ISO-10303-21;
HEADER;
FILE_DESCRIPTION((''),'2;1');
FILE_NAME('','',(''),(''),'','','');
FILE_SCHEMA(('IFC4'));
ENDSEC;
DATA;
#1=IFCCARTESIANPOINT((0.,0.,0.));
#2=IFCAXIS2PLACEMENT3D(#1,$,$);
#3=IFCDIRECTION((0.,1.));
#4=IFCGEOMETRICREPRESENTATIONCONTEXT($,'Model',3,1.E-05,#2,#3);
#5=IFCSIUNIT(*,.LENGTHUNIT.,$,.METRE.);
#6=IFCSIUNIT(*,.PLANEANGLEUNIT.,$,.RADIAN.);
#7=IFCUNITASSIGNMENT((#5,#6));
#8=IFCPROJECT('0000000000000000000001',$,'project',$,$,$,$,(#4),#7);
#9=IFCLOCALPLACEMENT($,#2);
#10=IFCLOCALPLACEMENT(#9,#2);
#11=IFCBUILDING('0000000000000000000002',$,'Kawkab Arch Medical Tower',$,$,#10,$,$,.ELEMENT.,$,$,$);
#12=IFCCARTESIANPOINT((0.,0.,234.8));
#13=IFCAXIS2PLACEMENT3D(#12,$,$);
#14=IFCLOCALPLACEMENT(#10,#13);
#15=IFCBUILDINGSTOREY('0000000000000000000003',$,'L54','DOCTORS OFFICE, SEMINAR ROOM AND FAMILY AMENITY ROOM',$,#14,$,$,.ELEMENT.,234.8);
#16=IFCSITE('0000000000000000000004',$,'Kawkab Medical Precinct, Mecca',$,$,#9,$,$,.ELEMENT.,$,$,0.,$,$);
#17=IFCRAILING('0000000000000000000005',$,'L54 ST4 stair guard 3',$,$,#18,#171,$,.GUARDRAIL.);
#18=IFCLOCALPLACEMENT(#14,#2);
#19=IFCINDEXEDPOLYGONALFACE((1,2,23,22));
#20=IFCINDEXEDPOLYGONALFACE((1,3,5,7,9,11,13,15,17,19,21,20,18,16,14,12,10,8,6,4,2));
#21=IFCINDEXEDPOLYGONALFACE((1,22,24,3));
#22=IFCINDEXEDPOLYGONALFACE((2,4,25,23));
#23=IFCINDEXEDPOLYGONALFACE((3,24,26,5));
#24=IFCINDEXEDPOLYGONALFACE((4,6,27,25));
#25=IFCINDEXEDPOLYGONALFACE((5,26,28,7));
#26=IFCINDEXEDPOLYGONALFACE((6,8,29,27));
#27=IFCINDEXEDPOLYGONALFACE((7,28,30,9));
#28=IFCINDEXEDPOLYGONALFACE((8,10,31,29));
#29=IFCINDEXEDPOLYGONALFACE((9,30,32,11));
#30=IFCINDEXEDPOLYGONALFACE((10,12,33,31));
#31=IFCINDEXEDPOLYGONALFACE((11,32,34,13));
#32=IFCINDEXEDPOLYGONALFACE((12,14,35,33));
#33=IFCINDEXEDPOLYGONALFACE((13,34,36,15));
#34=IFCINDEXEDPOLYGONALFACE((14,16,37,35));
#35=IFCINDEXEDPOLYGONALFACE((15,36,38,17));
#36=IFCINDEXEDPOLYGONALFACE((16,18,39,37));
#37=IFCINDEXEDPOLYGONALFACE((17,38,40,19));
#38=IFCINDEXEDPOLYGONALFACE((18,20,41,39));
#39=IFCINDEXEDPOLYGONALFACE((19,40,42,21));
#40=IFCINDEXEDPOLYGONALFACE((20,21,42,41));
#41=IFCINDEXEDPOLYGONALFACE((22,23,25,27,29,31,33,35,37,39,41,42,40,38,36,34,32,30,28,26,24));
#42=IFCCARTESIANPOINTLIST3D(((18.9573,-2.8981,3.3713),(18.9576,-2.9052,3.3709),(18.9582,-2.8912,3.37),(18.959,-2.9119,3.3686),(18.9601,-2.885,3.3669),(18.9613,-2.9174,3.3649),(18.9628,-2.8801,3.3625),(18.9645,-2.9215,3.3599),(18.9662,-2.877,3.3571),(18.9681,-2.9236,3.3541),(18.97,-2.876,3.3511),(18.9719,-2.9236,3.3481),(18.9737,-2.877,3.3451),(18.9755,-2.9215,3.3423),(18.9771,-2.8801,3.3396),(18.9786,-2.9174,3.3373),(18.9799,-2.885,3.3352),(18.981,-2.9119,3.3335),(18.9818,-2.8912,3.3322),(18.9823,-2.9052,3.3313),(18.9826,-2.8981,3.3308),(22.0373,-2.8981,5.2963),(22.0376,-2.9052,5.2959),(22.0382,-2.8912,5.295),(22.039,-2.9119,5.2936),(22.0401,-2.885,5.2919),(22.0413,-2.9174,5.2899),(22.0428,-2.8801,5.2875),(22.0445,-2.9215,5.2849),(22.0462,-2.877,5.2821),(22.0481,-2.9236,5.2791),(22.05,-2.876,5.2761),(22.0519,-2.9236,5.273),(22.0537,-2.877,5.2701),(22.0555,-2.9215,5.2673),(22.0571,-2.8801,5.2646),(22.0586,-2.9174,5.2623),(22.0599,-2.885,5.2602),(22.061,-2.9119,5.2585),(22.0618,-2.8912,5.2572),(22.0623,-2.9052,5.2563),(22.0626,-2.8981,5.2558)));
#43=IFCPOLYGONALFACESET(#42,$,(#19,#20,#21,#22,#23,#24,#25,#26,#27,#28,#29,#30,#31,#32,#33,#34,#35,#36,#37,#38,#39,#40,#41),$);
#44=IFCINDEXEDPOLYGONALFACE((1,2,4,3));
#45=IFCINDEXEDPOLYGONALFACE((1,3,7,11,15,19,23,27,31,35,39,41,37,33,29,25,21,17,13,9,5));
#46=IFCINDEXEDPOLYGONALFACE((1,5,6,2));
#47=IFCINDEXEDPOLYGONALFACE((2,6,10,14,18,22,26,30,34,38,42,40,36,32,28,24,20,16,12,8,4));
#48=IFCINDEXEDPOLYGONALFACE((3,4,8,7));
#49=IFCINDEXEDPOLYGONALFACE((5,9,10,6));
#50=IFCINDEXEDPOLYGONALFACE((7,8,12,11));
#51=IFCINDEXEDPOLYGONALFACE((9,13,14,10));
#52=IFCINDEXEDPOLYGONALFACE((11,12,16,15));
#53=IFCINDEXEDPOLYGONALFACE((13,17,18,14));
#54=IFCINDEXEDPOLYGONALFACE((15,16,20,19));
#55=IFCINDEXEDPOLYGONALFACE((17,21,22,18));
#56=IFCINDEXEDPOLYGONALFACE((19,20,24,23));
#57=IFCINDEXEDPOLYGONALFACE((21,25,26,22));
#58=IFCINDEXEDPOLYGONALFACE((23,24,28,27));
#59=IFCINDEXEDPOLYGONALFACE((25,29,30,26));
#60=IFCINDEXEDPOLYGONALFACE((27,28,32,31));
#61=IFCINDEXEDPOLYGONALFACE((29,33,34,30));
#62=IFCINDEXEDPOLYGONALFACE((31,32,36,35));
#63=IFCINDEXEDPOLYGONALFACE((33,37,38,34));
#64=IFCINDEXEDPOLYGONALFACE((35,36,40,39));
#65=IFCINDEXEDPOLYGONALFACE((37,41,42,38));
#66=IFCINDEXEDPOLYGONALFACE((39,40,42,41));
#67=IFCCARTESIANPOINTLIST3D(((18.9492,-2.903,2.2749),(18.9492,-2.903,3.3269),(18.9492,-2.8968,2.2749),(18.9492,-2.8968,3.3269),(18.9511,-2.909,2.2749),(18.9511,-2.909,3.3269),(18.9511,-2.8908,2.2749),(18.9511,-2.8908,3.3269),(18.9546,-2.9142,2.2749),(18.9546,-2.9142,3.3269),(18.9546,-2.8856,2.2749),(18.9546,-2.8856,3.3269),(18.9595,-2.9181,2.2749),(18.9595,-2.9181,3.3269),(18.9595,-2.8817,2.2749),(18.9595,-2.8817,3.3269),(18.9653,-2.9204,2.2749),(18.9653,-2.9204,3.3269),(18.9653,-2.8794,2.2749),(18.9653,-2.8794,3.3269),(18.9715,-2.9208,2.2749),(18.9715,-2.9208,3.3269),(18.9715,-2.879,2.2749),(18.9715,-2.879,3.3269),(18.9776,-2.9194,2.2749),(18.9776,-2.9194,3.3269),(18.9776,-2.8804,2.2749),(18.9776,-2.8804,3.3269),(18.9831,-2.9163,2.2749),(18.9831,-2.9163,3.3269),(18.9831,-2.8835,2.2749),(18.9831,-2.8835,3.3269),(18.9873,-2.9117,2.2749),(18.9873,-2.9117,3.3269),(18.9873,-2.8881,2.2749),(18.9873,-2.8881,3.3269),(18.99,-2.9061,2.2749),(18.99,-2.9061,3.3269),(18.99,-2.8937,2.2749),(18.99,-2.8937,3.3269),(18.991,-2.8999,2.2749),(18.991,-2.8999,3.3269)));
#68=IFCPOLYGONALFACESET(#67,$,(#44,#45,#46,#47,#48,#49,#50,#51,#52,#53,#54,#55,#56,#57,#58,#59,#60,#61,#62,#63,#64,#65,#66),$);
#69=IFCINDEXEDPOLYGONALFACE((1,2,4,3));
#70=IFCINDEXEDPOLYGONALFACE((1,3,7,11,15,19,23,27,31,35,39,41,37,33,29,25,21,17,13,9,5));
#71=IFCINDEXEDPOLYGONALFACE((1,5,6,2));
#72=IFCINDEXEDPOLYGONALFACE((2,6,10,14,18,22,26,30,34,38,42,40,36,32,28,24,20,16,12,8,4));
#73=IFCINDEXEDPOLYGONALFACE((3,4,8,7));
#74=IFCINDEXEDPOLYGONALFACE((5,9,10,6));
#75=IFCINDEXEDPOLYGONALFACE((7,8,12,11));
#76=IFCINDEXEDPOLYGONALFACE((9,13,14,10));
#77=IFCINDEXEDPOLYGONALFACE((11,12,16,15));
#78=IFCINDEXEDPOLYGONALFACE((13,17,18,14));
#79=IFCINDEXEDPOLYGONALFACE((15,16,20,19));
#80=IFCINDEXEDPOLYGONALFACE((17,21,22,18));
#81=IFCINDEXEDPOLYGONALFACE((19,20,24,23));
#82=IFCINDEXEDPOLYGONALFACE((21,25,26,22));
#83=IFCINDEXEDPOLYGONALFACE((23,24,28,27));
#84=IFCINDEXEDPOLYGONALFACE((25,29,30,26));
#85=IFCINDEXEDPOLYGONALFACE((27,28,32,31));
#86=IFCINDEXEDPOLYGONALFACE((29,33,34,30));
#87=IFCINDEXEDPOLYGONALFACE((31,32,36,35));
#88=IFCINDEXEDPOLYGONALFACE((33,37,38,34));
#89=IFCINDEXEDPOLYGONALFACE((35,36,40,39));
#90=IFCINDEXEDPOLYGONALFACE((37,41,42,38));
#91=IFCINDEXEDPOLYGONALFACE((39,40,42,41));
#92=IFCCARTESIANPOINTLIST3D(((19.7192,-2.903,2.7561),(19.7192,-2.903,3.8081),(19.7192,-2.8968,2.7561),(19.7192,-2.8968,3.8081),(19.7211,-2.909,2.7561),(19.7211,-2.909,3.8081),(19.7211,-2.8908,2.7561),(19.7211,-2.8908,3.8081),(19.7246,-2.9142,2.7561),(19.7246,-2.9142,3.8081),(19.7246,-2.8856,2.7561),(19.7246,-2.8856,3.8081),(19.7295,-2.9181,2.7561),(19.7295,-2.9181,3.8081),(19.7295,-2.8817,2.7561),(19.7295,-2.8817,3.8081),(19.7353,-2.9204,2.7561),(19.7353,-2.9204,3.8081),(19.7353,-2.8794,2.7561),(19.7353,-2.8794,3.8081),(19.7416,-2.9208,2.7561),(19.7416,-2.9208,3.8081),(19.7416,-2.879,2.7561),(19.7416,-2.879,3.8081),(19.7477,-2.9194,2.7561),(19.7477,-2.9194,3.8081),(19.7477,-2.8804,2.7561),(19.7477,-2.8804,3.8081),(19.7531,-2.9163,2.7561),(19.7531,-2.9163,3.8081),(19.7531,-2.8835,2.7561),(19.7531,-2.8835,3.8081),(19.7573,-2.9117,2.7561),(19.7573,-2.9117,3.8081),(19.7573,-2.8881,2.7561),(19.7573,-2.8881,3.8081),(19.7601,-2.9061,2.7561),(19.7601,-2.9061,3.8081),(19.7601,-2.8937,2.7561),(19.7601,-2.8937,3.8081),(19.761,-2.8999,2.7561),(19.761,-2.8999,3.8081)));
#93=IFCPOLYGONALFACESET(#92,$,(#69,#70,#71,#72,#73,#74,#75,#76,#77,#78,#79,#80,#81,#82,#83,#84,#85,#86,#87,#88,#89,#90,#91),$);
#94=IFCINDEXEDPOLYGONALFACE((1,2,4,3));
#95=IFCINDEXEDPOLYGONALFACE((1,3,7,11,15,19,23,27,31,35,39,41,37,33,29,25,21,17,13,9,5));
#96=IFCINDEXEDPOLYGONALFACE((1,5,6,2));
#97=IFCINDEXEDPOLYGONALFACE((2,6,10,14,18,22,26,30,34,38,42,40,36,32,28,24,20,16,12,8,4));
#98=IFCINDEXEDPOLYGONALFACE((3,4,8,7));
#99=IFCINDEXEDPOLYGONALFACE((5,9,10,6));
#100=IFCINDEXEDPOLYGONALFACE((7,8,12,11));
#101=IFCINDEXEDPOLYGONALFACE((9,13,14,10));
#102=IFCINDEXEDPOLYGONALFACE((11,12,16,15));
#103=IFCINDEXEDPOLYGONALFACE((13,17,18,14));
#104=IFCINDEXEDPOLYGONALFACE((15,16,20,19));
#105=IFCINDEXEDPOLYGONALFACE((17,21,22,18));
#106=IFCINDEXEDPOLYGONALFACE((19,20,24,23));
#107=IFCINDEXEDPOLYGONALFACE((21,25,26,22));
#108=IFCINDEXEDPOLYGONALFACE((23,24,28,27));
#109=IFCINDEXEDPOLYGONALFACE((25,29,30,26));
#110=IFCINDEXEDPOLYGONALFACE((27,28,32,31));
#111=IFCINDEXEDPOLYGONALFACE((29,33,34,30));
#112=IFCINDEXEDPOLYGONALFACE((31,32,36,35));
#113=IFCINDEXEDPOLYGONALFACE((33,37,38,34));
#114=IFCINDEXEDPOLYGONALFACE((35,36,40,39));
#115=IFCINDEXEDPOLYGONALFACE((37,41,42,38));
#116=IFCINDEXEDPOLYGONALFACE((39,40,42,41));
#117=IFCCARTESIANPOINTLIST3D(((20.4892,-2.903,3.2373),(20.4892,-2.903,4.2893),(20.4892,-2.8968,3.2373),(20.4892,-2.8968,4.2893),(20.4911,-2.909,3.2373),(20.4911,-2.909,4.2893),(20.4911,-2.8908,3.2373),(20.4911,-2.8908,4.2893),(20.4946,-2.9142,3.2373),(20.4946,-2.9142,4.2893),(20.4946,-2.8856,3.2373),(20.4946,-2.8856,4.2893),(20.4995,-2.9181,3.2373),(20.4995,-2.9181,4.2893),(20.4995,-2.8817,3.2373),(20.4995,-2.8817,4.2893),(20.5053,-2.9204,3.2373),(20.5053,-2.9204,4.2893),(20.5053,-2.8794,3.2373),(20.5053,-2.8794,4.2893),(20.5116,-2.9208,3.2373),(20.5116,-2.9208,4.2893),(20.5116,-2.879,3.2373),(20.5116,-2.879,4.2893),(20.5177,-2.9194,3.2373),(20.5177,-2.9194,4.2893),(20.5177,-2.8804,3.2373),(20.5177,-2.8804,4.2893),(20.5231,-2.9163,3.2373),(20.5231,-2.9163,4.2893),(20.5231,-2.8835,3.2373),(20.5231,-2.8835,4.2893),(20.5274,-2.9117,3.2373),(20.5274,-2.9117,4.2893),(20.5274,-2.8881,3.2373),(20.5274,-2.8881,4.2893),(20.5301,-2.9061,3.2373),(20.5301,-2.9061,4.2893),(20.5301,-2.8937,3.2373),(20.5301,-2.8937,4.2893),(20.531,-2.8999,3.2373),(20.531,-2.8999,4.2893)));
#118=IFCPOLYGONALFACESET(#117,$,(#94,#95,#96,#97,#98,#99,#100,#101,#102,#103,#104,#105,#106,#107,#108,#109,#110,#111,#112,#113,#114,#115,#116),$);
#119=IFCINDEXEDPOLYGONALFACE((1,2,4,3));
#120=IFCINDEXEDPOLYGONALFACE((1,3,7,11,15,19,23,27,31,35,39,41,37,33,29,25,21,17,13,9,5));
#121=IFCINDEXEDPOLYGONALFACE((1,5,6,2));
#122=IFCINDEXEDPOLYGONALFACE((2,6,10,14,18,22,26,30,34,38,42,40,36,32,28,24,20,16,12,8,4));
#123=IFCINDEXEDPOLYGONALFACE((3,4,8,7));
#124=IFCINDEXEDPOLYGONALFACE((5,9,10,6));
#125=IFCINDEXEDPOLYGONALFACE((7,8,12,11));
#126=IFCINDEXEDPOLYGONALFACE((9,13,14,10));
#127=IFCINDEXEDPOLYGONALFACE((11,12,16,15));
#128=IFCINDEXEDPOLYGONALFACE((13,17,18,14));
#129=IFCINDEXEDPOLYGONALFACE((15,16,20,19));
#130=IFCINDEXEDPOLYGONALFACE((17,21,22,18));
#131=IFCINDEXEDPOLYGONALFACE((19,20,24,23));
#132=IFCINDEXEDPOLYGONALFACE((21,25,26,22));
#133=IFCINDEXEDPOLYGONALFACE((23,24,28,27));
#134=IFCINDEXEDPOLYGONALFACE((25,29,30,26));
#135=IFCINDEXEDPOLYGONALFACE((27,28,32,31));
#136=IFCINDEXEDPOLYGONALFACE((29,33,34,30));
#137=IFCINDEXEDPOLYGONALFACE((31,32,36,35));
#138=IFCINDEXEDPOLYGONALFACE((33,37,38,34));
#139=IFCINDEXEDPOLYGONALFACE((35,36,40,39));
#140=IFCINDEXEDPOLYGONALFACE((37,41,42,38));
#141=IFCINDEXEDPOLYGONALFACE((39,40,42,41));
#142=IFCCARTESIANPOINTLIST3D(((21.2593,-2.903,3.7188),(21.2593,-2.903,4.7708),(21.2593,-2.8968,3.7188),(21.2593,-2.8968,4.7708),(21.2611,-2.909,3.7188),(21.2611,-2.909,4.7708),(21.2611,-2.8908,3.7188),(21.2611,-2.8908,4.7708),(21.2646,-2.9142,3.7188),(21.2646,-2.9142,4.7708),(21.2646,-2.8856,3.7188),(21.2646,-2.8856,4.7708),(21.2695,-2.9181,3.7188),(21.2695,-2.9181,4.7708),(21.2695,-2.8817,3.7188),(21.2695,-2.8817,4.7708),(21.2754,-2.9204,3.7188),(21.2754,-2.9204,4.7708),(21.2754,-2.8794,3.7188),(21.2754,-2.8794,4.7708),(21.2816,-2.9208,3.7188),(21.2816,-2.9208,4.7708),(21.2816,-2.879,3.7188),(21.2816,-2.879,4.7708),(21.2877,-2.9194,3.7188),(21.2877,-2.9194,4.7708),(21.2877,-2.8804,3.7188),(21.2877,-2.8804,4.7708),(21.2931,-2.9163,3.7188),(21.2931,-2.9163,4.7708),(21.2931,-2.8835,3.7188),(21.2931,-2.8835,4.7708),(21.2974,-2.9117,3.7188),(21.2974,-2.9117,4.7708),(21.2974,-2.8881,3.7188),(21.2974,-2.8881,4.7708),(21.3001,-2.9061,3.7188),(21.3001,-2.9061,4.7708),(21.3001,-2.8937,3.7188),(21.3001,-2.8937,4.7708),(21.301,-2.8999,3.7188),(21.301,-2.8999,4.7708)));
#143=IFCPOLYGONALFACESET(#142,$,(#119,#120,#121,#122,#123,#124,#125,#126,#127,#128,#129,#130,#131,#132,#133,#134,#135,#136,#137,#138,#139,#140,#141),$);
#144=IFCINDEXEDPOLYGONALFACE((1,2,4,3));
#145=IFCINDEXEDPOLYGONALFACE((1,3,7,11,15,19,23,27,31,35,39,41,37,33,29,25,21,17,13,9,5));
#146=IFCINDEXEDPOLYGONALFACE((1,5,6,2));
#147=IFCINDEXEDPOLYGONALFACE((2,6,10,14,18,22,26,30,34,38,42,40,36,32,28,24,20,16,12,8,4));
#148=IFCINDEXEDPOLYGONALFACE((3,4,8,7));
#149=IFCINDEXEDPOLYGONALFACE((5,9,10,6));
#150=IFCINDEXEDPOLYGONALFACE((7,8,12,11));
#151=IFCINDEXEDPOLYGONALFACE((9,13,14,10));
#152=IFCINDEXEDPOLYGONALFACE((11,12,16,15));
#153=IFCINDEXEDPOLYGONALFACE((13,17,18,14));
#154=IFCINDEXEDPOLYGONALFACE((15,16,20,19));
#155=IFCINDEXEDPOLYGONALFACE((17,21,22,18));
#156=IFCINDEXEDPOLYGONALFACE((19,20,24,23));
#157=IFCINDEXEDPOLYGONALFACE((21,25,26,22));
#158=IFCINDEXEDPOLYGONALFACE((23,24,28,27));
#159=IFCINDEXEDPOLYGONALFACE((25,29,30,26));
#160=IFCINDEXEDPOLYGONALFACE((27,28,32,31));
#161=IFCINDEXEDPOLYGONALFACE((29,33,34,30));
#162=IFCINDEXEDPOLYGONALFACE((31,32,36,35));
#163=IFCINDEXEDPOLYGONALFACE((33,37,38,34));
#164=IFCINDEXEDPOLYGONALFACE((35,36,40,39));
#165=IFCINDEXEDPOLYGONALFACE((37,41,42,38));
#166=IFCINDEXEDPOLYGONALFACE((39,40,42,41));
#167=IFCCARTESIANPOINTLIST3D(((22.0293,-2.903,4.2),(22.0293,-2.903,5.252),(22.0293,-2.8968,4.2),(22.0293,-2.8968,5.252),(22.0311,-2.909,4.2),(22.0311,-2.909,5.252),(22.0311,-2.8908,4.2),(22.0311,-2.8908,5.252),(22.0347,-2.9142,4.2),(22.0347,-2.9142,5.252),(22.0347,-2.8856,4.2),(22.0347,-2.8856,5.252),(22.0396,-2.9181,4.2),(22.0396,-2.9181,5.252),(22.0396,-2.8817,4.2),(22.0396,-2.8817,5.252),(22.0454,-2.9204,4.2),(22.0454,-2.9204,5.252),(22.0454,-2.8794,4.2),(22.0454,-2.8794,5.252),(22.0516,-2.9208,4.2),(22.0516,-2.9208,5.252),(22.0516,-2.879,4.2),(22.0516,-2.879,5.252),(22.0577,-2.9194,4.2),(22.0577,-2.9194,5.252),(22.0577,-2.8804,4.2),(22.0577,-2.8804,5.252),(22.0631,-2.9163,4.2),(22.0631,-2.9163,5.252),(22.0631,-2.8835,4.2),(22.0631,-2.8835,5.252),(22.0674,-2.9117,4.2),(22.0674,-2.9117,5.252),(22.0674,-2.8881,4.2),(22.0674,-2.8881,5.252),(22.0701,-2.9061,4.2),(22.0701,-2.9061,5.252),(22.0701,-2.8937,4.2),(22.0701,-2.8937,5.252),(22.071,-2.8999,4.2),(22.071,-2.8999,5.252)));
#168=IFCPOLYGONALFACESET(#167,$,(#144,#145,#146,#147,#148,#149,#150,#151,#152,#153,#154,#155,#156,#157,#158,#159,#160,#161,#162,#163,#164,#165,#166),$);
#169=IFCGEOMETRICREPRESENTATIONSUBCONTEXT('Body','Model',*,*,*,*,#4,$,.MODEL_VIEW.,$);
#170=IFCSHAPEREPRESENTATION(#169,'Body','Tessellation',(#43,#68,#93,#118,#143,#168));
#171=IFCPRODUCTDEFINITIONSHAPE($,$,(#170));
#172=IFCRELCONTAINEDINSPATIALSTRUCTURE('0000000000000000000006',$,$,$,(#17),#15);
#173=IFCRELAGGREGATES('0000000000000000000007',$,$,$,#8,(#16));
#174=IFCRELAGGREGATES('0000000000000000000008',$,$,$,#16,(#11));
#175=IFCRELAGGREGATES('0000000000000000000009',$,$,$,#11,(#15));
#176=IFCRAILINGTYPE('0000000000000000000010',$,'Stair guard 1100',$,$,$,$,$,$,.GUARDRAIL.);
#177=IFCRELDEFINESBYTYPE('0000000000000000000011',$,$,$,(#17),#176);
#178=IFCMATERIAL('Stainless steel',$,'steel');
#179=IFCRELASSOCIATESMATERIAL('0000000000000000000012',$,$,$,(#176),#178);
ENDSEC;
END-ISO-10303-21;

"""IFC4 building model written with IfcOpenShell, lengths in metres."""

from ifc_helpers import new_model, si_unit, direction, frame, origin, origin_2d, place, context, subcontext, project, spatial, circle, extrude, material, type_object, element, save


model = new_model("IFC4")

# Units and contexts
model_context = context("Model", 3, precision=1e-05, world=origin(), true_north=direction((0.0, 1.0)))
body_context = subcontext(model_context, "Body", "Model", "MODEL_VIEW")
ifc_project = project(units=[si_unit("LENGTHUNIT", "METRE"), si_unit("PLANEANGLEUNIT", "RADIAN")], contexts=[model_context])

# Site, building, storey
site_placement = place(None, origin())
site = spatial("IfcSite", under=ifc_project, at=site_placement, Name="Kawkab Medical Precinct, Mecca", CompositionType="ELEMENT", RefElevation=0.0)
building_placement = place(site_placement, origin())
building = spatial("IfcBuilding", under=site, at=building_placement, Name="Kawkab Arch Medical Tower", CompositionType="ELEMENT")
storey_placement = place(building_placement, frame((0.0, 0.0, 234.8)))
storey = spatial("IfcBuildingStorey", under=building, at=storey_placement, Name="L54", Description="DOCTORS OFFICE, SEMINAR ROOM AND FAMILY AMENITY ROOM", CompositionType="ELEMENT", Elevation=234.8)

# Railing
ifc_material_1 = material(Name="Stainless steel", Category="steel")
railing_type_1 = type_object("IfcRailingType", Name="Stair guard 1100", PredefinedType="GUARDRAIL", material=ifc_material_1)
railing_1_placement = place(storey_placement, frame((18.97, -2.8999, 2.2749)))
element("IfcRailing", 1, at=railing_1_placement, inside=storey, type_object=railing_type_1, Name="L54 ST4 stair guard 3", PredefinedType="GUARDRAIL", context=body_context, shape_type="SweptSolid", body=[
    extrude(circle(Radius=0.0239, at=origin_2d()), frame((0.0, 0.0, 1.0762), z_axis=(0.847998, 0.0, 0.529999), x_axis=(0.0, 1.0, 0.0)), (0.0, 0.0, 1.0), 3.6321),
    extrude(circle(Radius=0.021, at=origin_2d()), origin(), (0.0, 0.0, 1.0), 1.052),
    extrude(circle(Radius=0.021, at=origin_2d()), frame((0.77, 0.0, 0.4812)), (0.0, 0.0, 1.0), 1.052),
    extrude(circle(Radius=0.021, at=origin_2d()), frame((1.54, 0.0, 0.9624)), (0.0, 0.0, 1.0), 1.052),
    extrude(circle(Radius=0.021, at=origin_2d()), frame((2.3101, 0.0, 1.4438)), (0.0, 0.0, 1.0), 1.052),
    extrude(circle(Radius=0.021, at=origin_2d()), frame((3.0801, 0.0, 1.925)), (0.0, 0.0, 1.0), 1.052),
])

save(model, "model.ifc")
